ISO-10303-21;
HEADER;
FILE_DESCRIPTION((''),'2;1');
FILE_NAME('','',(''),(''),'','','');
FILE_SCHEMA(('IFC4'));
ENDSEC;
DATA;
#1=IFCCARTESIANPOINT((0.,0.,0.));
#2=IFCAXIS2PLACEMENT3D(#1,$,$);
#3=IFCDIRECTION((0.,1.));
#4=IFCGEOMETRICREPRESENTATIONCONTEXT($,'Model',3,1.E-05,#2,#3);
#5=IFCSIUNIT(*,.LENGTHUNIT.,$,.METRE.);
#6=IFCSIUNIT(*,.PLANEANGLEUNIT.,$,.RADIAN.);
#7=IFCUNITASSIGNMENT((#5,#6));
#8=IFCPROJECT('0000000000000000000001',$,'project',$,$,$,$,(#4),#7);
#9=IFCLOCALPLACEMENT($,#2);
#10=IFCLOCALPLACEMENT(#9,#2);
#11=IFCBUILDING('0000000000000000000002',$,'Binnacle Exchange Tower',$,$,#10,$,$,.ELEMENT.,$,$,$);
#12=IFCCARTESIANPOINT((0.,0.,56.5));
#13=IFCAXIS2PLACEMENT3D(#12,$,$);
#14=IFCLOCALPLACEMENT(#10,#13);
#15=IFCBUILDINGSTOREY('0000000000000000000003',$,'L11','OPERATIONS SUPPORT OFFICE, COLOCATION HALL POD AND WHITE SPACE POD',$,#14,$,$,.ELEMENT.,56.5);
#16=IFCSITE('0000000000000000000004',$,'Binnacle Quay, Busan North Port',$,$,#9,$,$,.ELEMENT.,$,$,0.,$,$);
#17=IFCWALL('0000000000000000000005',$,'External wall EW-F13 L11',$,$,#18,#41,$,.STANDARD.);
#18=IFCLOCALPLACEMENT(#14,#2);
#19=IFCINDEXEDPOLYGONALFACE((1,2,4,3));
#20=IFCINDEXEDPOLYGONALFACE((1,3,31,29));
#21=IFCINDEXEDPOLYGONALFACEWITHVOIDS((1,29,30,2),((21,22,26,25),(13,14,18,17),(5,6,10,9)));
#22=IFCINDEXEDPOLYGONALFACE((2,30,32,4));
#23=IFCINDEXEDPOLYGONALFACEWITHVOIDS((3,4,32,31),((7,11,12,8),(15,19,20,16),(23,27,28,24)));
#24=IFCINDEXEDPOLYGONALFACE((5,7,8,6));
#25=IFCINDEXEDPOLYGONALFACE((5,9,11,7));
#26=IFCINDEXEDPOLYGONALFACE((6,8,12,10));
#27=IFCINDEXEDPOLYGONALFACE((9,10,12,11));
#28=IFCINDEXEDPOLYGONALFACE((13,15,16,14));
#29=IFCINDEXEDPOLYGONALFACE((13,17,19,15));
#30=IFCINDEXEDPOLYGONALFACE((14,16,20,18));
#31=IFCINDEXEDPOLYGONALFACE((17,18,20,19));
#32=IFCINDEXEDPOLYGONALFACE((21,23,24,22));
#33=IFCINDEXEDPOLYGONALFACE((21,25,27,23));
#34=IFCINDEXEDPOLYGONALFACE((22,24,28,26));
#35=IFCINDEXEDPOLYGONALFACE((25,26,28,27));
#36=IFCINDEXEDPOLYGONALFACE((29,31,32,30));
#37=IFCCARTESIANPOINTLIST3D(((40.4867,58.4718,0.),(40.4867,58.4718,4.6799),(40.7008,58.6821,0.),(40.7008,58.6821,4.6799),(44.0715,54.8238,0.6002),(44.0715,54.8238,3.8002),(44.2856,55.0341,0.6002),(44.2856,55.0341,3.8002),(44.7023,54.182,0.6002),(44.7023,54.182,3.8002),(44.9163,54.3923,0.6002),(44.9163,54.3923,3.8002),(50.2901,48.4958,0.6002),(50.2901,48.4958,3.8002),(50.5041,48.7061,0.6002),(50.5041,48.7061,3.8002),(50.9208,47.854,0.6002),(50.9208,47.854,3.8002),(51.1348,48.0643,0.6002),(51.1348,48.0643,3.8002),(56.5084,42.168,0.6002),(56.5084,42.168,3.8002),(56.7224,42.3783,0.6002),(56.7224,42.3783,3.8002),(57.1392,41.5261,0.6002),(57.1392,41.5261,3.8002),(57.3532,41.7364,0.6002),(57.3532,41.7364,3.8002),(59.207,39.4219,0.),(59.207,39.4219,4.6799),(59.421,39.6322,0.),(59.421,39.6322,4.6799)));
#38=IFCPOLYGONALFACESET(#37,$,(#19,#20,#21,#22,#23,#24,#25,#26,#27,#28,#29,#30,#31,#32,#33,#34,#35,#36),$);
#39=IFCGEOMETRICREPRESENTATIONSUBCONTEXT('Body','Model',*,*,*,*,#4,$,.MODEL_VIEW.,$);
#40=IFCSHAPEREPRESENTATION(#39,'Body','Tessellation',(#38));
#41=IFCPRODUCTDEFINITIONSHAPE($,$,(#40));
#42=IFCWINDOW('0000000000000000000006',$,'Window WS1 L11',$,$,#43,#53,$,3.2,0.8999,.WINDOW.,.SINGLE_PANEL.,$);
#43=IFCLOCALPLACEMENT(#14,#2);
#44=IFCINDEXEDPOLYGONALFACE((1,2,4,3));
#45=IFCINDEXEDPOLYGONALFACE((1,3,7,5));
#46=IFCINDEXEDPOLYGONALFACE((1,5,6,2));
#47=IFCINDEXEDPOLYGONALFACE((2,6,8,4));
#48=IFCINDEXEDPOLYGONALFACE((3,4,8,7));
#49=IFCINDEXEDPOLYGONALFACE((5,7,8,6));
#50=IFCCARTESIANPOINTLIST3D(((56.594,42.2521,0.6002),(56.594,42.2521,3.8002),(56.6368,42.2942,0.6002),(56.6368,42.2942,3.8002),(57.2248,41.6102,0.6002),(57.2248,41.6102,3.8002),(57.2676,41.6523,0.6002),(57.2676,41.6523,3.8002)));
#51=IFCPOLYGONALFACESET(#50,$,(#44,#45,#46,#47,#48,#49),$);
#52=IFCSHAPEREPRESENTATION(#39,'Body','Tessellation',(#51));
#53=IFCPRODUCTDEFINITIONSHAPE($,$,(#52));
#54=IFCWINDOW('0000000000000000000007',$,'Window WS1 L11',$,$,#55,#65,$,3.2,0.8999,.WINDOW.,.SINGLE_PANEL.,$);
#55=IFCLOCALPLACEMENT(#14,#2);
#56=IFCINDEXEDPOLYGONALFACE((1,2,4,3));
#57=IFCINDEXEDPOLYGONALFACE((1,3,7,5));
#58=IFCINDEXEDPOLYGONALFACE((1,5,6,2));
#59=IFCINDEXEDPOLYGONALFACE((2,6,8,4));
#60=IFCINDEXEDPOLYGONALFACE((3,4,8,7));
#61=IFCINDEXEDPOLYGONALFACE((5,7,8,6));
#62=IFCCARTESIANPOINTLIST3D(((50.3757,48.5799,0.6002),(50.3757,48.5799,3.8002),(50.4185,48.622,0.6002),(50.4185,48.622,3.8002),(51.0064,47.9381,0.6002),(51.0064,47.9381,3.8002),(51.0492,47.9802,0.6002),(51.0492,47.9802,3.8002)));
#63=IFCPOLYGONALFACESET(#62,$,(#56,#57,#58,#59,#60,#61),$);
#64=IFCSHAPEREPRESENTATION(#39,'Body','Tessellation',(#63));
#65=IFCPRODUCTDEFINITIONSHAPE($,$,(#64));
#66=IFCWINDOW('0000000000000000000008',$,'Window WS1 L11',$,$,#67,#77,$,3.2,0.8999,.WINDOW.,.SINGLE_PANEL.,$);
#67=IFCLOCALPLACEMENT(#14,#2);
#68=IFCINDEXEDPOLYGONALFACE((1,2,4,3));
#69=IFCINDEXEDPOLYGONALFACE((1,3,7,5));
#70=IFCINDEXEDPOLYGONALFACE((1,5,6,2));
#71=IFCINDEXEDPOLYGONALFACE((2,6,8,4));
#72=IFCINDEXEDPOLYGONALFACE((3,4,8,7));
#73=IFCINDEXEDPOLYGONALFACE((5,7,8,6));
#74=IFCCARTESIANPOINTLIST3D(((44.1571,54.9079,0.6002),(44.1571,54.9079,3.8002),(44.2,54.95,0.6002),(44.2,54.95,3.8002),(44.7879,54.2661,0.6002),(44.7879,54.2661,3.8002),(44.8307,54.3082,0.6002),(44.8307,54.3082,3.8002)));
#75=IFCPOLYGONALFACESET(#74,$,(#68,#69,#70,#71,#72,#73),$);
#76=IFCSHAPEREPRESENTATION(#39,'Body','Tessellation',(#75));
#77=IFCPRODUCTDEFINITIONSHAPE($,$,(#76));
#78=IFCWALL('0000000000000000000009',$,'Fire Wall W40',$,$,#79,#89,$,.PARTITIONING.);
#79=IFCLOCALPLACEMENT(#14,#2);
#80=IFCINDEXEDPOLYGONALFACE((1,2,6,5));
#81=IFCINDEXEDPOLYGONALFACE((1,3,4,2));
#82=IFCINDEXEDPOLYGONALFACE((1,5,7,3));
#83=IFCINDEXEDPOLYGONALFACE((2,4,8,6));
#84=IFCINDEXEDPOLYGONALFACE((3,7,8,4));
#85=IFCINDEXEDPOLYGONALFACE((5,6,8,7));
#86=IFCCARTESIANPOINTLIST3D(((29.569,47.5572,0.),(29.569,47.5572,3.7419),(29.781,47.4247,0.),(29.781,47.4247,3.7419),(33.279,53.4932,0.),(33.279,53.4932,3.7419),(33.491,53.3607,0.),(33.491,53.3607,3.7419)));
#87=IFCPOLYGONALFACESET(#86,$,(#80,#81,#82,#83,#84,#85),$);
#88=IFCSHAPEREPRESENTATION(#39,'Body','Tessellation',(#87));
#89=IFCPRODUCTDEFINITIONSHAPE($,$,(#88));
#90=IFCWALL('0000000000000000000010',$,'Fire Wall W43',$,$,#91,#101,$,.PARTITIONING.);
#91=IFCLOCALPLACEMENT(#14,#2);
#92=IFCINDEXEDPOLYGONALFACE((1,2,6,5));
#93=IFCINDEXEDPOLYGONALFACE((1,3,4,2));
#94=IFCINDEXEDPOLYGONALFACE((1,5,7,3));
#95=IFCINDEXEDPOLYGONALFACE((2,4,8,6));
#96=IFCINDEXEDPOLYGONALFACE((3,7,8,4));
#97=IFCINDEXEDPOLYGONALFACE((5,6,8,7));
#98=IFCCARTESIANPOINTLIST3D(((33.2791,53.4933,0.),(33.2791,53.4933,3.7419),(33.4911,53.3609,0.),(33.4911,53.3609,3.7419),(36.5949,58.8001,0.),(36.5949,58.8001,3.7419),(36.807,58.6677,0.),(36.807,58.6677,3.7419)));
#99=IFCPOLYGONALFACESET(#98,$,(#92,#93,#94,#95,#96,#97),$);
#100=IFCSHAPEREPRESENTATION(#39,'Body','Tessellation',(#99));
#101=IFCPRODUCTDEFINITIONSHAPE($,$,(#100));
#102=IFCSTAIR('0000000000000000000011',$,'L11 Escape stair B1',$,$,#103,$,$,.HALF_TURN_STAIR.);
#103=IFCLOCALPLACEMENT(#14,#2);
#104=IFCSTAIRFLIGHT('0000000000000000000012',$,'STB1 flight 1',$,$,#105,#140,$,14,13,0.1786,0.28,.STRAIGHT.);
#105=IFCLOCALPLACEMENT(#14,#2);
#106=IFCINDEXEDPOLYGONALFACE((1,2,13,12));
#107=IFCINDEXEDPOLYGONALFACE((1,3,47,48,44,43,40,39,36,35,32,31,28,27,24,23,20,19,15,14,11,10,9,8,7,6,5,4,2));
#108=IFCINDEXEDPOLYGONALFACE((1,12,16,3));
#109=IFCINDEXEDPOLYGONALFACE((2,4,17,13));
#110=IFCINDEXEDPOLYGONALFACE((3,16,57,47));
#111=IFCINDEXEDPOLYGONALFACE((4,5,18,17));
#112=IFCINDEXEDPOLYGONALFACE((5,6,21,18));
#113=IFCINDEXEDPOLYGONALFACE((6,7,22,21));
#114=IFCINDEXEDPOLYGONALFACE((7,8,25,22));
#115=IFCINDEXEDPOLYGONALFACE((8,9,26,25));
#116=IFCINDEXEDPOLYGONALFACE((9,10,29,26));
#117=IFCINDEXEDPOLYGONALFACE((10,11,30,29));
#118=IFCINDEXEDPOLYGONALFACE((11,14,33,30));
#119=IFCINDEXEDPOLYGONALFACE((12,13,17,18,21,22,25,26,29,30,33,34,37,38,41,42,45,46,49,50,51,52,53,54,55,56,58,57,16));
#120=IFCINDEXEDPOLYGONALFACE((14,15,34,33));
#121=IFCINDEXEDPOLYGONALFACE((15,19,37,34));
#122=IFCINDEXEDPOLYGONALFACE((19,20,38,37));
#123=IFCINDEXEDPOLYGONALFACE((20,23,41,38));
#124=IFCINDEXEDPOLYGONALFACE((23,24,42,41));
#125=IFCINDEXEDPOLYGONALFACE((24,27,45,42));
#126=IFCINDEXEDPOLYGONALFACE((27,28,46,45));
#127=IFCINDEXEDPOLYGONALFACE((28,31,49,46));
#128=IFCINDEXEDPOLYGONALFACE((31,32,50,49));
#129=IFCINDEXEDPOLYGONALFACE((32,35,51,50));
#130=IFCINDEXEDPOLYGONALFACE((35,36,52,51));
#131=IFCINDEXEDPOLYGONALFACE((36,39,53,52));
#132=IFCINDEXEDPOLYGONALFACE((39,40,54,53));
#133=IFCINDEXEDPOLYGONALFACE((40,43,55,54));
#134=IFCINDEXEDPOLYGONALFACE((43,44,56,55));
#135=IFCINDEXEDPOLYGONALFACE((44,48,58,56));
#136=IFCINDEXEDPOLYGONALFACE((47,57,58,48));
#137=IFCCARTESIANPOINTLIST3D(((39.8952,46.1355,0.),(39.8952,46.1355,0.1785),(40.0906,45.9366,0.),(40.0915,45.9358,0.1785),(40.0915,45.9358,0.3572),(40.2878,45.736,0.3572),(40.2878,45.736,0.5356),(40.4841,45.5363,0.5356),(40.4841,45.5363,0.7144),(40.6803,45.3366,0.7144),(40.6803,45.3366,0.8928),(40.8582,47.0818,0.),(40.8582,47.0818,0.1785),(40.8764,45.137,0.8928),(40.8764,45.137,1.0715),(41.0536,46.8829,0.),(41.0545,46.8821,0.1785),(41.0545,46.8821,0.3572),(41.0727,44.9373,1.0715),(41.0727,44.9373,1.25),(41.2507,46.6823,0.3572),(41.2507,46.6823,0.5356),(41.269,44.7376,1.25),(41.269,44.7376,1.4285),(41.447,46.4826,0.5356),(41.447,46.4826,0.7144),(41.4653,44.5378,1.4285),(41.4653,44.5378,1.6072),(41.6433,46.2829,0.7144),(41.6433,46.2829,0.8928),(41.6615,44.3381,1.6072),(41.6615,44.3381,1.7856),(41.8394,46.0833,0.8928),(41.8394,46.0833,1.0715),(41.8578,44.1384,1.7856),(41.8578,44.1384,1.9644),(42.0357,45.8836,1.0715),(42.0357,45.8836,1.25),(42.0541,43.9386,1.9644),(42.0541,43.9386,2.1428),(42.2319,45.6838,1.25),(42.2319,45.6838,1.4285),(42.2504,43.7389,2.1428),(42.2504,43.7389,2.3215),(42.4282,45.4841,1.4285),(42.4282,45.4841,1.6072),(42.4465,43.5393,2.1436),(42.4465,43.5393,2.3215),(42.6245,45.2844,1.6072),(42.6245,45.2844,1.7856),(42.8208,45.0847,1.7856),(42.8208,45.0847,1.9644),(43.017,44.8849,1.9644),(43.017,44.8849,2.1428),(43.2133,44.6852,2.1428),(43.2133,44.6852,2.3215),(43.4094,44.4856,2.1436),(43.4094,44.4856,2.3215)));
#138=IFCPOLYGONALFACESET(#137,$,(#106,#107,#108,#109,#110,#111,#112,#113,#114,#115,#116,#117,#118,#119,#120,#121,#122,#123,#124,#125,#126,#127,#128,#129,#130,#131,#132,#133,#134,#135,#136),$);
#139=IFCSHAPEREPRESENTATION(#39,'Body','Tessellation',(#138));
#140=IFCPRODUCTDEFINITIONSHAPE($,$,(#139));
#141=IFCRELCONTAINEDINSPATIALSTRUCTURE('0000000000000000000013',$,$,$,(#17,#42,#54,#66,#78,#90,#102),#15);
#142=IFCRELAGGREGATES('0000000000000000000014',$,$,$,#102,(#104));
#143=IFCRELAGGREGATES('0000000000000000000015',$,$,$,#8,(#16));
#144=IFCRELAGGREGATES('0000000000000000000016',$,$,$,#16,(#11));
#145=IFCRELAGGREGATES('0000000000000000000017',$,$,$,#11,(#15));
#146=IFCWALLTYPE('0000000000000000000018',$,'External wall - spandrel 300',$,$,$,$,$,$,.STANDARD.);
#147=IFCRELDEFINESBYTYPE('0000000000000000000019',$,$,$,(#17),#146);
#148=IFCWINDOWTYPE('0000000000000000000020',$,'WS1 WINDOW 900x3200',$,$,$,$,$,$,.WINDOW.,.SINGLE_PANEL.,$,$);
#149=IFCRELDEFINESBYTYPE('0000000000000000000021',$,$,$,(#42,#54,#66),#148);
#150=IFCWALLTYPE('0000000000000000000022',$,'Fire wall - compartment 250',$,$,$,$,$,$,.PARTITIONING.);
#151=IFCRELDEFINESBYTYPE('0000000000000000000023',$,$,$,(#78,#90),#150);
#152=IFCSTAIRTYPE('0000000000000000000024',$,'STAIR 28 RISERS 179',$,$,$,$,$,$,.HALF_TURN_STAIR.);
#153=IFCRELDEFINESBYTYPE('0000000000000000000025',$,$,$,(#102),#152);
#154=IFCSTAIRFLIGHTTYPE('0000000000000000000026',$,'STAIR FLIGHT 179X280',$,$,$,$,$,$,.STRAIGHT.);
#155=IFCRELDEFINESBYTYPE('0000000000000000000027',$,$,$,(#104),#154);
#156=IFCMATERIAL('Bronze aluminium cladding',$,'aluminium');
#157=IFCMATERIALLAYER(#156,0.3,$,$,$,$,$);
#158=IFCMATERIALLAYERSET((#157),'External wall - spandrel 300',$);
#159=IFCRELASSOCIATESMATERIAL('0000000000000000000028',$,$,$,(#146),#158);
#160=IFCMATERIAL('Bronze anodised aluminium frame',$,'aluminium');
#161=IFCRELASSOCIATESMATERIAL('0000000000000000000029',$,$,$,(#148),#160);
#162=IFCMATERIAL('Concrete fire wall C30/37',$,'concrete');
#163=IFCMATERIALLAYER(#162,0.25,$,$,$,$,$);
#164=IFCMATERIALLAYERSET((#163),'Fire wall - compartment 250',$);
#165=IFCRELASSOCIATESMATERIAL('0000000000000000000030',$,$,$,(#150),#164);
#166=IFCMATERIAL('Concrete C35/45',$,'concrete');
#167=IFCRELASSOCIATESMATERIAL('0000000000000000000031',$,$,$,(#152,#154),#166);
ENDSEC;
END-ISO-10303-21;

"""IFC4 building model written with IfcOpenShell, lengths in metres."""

from ifc_helpers import new_model, si_unit, direction, frame, frame_2d, origin, place, context, subcontext, project, spatial, polyline, rectangle, outline, extrude, material, layer, layer_set, type_object, element, fill, aggregate, save


model = new_model("IFC4")

# Units and contexts
model_context = context("Model", 3, precision=1e-05, world=origin(), true_north=direction((0.0, 1.0)))
body_context = subcontext(model_context, "Body", "Model", "MODEL_VIEW")
ifc_project = project(units=[si_unit("LENGTHUNIT", "METRE"), si_unit("PLANEANGLEUNIT", "RADIAN")], contexts=[model_context])

# Site, building, storey
site_placement = place(None, origin())
site = spatial("IfcSite", under=ifc_project, at=site_placement, Name="Binnacle Quay, Busan North Port", CompositionType="ELEMENT", RefElevation=0.0)
building_placement = place(site_placement, origin())
building = spatial("IfcBuilding", under=site, at=building_placement, Name="Binnacle Exchange Tower", CompositionType="ELEMENT")
storey_placement = place(building_placement, frame((0.0, 0.0, 56.5)))
storey = spatial("IfcBuildingStorey", under=building, at=storey_placement, Name="L11", Description="OPERATIONS SUPPORT OFFICE, COLOCATION HALL POD AND WHITE SPACE POD", CompositionType="ELEMENT", Elevation=56.5)

# Shared definitions
ifc_material_1 = material(Name="Bronze aluminium cladding", Category="aluminium")
ifc_layer_1 = layer(ifc_material_1, 0.3)
ifc_layer_set_1 = layer_set([ifc_layer_1], Name="External wall - spandrel 300")
wall_type_1 = type_object("IfcWallType", Name="External wall - spandrel 300", PredefinedType="STANDARD", material=ifc_layer_set_1)

# Wall, openings, windows
wall_1_placement = place(storey_placement, frame((40.5938, 58.5769, 0.0), z_axis=(0.0, 0.0, 1.0), x_axis=(0.70091, -0.71325, 0.0)))
wall_1 = element("IfcWall", 1, at=wall_1_placement, inside=storey, type_object=wall_type_1, Name="External wall EW-F13 L11", PredefinedType="STANDARD", context=body_context, shape_type="SweptSolid", body=[
    extrude(rectangle(XDim=26.7085, YDim=0.3, at=frame_2d((13.3542, 0.0))), origin(), (0.0, 0.0, 1.0), 4.6799),
])
opening_1_placement = place(wall_1_placement, frame((22.8584, 0.0, 0.6001)))
opening_1 = element("IfcOpeningElement", 2, at=opening_1_placement, cuts=wall_1, PredefinedType="OPENING", context=body_context, shape_type="SweptSolid", body=[
    extrude(rectangle(XDim=0.8999, YDim=3.2, at=frame_2d((0.45, 1.6001))), frame((0.0, 0.1599, 0.0), z_axis=(0.0, -1.0, 0.0), x_axis=(1.0, 0.0, 0.0)), (0.0, 0.0, 1.0), 0.3201),
])
opening_2_placement = place(wall_1_placement, frame((13.9866, 0.0, 0.6001)))
opening_2 = element("IfcOpeningElement", 3, at=opening_2_placement, cuts=wall_1, PredefinedType="OPENING", context=body_context, shape_type="SweptSolid", body=[
    extrude(rectangle(XDim=0.8999, YDim=3.2, at=frame_2d((0.45, 1.6001))), frame((0.0, 0.1599, 0.0), z_axis=(0.0, -1.0, 0.0), x_axis=(1.0, 0.0, 0.0)), (0.0, 0.0, 1.0), 0.3201),
])
opening_3_placement = place(wall_1_placement, frame((5.1145, 0.0, 0.6001)))
opening_3 = element("IfcOpeningElement", 4, at=opening_3_placement, cuts=wall_1, PredefinedType="OPENING", context=body_context, shape_type="SweptSolid", body=[
    extrude(rectangle(XDim=0.8999, YDim=3.2, at=frame_2d((0.45, 1.6001))), frame((0.0, 0.1599, 0.0), z_axis=(0.0, -1.0, 0.0), x_axis=(1.0, 0.0, 0.0)), (0.0, 0.0, 1.0), 0.3201),
])
ifc_material_2 = material(Name="Bronze anodised aluminium frame", Category="aluminium")
window_type = type_object("IfcWindowType", Name="WS1 WINDOW 900x3200", PartitioningType="SINGLE_PANEL", PredefinedType="WINDOW", material=ifc_material_2)
window_1_placement = place(opening_1_placement, origin())
window_1 = element("IfcWindow", 5, at=window_1_placement, inside=storey, type_object=window_type, Name="Window WS1 L11", OverallHeight=3.2, OverallWidth=0.8999, PartitioningType="SINGLE_PANEL", PredefinedType="WINDOW", context=body_context, shape_type="SweptSolid", body=[
    extrude(rectangle(XDim=0.8999, YDim=3.2, at=frame_2d((0.45, 1.6001))), frame((0.0, 0.03, 0.0), z_axis=(0.0, -1.0, 0.0), x_axis=(1.0, 0.0, 0.0)), (0.0, 0.0, 1.0), 0.0601),
])
fill(opening_1, window_1)
window_2_placement = place(opening_2_placement, origin())
window_2 = element("IfcWindow", 6, at=window_2_placement, inside=storey, type_object=window_type, Name="Window WS1 L11", OverallHeight=3.2, OverallWidth=0.8999, PartitioningType="SINGLE_PANEL", PredefinedType="WINDOW", context=body_context, shape_type="SweptSolid", body=[
    extrude(rectangle(XDim=0.8999, YDim=3.2, at=frame_2d((0.45, 1.6001))), frame((0.0, 0.03, 0.0), z_axis=(0.0, -1.0, 0.0), x_axis=(1.0, 0.0, 0.0)), (0.0, 0.0, 1.0), 0.0601),
])
fill(opening_2, window_2)
window_3_placement = place(opening_3_placement, origin())
window_3 = element("IfcWindow", 7, at=window_3_placement, inside=storey, type_object=window_type, Name="Window WS1 L11", OverallHeight=3.2, OverallWidth=0.8999, PartitioningType="SINGLE_PANEL", PredefinedType="WINDOW", context=body_context, shape_type="SweptSolid", body=[
    extrude(rectangle(XDim=0.8999, YDim=3.2, at=frame_2d((0.45, 1.6001))), frame((0.0, 0.03, 0.0), z_axis=(0.0, -1.0, 0.0), x_axis=(1.0, 0.0, 0.0)), (0.0, 0.0, 1.0), 0.0601),
])
fill(opening_3, window_3)

# Walls
ifc_material_3 = material(Name="Concrete fire wall C30/37", Category="concrete")
ifc_layer_2 = layer(ifc_material_3, 0.25)
ifc_layer_set_2 = layer_set([ifc_layer_2], Name="Fire wall - compartment 250")
wall_type_2 = type_object("IfcWallType", Name="Fire wall - compartment 250", PredefinedType="PARTITIONING", material=ifc_layer_set_2)
wall_2_placement = place(storey_placement, frame((29.675, 47.491, 0.0), z_axis=(0.0, 0.0, 1.0), x_axis=(0.529993, 0.848002, 0.0)))
element("IfcWall", 8, at=wall_2_placement, inside=storey, type_object=wall_type_2, Name="Fire Wall W40", PredefinedType="PARTITIONING", context=body_context, shape_type="SweptSolid", body=[
    extrude(rectangle(XDim=7.0, YDim=0.25, at=frame_2d((3.5, 0.0))), origin(), (0.0, 0.0, 1.0), 3.7419),
])
wall_3_placement = place(storey_placement, frame((33.385, 53.427, 0.0), z_axis=(0.0, 0.0, 1.0), x_axis=(0.529897, 0.848062, 0.0)))
element("IfcWall", 9, at=wall_3_placement, inside=storey, type_object=wall_type_2, Name="Fire Wall W43", PredefinedType="PARTITIONING", context=body_context, shape_type="SweptSolid", body=[
    extrude(rectangle(XDim=6.2576, YDim=0.25, at=frame_2d((3.1289, 0.0))), origin(), (0.0, 0.0, 1.0), 3.7419),
])

# Stair, stair flight
ifc_material_4 = material(Name="Concrete C35/45", Category="concrete")
stair_type = type_object("IfcStairType", Name="STAIR 28 RISERS 179", PredefinedType="HALF_TURN_STAIR", material=ifc_material_4)
stair_placement = place(storey_placement, origin())
stair = element("IfcStair", 10, at=stair_placement, inside=storey, type_object=stair_type, Name="L11 Escape stair B1", PredefinedType="HALF_TURN_STAIR")
stair_flight_type = type_object("IfcStairFlightType", Name="STAIR FLIGHT 179X280", PredefinedType="STRAIGHT", material=ifc_material_4)
stair_flight_1_placement = place(storey_placement, frame((40.3767, 46.6086, 0.0), z_axis=(0.0, 0.0, 1.0), x_axis=(0.700909, -0.71325, 0.0)))
stair_flight_1 = element("IfcStairFlight", 11, at=stair_flight_1_placement, type_object=stair_flight_type, Name="STB1 flight 1", NumberOfRisers=14, NumberOfTreads=13, PredefinedType="STRAIGHT", RiserHeight=0.1786, TreadLength=0.28, context=body_context, shape_type="SweptSolid", body=[
    extrude(outline(polyline([(0.0, 0.0), (0.0, 0.1785), (0.28, 0.1785), (0.28, 0.3572), (0.5601, 0.3572), (0.5601, 0.5356), (0.8401, 0.5356), (0.8401, 0.7144), (1.1201, 0.7144), (1.1201, 0.8928), (1.3999, 0.8928), (1.3999, 1.0715), (1.6799, 1.0715), (1.6799, 1.25), (1.96, 1.25), (1.96, 1.4285), (2.24, 1.4285), (2.24, 1.6072), (2.52, 1.6072), (2.52, 1.7856), (2.8, 1.7856), (2.8, 1.9644), (3.0801, 1.9644), (3.0801, 2.1428), (3.3601, 2.1428), (3.3601, 2.3215), (3.6399, 2.3215), (3.6399, 2.5), (3.6399, 2.1436), (0.2788, 0.0), (0.0, 0.0)])), frame((0.0, 0.675, 0.0), z_axis=(0.0, -1.0, 0.0), x_axis=(1.0, 0.0, 0.0)), (0.0, 0.0, 1.0), 1.3501),
])
aggregate(stair, [stair_flight_1])

save(model, "model.ifc")
